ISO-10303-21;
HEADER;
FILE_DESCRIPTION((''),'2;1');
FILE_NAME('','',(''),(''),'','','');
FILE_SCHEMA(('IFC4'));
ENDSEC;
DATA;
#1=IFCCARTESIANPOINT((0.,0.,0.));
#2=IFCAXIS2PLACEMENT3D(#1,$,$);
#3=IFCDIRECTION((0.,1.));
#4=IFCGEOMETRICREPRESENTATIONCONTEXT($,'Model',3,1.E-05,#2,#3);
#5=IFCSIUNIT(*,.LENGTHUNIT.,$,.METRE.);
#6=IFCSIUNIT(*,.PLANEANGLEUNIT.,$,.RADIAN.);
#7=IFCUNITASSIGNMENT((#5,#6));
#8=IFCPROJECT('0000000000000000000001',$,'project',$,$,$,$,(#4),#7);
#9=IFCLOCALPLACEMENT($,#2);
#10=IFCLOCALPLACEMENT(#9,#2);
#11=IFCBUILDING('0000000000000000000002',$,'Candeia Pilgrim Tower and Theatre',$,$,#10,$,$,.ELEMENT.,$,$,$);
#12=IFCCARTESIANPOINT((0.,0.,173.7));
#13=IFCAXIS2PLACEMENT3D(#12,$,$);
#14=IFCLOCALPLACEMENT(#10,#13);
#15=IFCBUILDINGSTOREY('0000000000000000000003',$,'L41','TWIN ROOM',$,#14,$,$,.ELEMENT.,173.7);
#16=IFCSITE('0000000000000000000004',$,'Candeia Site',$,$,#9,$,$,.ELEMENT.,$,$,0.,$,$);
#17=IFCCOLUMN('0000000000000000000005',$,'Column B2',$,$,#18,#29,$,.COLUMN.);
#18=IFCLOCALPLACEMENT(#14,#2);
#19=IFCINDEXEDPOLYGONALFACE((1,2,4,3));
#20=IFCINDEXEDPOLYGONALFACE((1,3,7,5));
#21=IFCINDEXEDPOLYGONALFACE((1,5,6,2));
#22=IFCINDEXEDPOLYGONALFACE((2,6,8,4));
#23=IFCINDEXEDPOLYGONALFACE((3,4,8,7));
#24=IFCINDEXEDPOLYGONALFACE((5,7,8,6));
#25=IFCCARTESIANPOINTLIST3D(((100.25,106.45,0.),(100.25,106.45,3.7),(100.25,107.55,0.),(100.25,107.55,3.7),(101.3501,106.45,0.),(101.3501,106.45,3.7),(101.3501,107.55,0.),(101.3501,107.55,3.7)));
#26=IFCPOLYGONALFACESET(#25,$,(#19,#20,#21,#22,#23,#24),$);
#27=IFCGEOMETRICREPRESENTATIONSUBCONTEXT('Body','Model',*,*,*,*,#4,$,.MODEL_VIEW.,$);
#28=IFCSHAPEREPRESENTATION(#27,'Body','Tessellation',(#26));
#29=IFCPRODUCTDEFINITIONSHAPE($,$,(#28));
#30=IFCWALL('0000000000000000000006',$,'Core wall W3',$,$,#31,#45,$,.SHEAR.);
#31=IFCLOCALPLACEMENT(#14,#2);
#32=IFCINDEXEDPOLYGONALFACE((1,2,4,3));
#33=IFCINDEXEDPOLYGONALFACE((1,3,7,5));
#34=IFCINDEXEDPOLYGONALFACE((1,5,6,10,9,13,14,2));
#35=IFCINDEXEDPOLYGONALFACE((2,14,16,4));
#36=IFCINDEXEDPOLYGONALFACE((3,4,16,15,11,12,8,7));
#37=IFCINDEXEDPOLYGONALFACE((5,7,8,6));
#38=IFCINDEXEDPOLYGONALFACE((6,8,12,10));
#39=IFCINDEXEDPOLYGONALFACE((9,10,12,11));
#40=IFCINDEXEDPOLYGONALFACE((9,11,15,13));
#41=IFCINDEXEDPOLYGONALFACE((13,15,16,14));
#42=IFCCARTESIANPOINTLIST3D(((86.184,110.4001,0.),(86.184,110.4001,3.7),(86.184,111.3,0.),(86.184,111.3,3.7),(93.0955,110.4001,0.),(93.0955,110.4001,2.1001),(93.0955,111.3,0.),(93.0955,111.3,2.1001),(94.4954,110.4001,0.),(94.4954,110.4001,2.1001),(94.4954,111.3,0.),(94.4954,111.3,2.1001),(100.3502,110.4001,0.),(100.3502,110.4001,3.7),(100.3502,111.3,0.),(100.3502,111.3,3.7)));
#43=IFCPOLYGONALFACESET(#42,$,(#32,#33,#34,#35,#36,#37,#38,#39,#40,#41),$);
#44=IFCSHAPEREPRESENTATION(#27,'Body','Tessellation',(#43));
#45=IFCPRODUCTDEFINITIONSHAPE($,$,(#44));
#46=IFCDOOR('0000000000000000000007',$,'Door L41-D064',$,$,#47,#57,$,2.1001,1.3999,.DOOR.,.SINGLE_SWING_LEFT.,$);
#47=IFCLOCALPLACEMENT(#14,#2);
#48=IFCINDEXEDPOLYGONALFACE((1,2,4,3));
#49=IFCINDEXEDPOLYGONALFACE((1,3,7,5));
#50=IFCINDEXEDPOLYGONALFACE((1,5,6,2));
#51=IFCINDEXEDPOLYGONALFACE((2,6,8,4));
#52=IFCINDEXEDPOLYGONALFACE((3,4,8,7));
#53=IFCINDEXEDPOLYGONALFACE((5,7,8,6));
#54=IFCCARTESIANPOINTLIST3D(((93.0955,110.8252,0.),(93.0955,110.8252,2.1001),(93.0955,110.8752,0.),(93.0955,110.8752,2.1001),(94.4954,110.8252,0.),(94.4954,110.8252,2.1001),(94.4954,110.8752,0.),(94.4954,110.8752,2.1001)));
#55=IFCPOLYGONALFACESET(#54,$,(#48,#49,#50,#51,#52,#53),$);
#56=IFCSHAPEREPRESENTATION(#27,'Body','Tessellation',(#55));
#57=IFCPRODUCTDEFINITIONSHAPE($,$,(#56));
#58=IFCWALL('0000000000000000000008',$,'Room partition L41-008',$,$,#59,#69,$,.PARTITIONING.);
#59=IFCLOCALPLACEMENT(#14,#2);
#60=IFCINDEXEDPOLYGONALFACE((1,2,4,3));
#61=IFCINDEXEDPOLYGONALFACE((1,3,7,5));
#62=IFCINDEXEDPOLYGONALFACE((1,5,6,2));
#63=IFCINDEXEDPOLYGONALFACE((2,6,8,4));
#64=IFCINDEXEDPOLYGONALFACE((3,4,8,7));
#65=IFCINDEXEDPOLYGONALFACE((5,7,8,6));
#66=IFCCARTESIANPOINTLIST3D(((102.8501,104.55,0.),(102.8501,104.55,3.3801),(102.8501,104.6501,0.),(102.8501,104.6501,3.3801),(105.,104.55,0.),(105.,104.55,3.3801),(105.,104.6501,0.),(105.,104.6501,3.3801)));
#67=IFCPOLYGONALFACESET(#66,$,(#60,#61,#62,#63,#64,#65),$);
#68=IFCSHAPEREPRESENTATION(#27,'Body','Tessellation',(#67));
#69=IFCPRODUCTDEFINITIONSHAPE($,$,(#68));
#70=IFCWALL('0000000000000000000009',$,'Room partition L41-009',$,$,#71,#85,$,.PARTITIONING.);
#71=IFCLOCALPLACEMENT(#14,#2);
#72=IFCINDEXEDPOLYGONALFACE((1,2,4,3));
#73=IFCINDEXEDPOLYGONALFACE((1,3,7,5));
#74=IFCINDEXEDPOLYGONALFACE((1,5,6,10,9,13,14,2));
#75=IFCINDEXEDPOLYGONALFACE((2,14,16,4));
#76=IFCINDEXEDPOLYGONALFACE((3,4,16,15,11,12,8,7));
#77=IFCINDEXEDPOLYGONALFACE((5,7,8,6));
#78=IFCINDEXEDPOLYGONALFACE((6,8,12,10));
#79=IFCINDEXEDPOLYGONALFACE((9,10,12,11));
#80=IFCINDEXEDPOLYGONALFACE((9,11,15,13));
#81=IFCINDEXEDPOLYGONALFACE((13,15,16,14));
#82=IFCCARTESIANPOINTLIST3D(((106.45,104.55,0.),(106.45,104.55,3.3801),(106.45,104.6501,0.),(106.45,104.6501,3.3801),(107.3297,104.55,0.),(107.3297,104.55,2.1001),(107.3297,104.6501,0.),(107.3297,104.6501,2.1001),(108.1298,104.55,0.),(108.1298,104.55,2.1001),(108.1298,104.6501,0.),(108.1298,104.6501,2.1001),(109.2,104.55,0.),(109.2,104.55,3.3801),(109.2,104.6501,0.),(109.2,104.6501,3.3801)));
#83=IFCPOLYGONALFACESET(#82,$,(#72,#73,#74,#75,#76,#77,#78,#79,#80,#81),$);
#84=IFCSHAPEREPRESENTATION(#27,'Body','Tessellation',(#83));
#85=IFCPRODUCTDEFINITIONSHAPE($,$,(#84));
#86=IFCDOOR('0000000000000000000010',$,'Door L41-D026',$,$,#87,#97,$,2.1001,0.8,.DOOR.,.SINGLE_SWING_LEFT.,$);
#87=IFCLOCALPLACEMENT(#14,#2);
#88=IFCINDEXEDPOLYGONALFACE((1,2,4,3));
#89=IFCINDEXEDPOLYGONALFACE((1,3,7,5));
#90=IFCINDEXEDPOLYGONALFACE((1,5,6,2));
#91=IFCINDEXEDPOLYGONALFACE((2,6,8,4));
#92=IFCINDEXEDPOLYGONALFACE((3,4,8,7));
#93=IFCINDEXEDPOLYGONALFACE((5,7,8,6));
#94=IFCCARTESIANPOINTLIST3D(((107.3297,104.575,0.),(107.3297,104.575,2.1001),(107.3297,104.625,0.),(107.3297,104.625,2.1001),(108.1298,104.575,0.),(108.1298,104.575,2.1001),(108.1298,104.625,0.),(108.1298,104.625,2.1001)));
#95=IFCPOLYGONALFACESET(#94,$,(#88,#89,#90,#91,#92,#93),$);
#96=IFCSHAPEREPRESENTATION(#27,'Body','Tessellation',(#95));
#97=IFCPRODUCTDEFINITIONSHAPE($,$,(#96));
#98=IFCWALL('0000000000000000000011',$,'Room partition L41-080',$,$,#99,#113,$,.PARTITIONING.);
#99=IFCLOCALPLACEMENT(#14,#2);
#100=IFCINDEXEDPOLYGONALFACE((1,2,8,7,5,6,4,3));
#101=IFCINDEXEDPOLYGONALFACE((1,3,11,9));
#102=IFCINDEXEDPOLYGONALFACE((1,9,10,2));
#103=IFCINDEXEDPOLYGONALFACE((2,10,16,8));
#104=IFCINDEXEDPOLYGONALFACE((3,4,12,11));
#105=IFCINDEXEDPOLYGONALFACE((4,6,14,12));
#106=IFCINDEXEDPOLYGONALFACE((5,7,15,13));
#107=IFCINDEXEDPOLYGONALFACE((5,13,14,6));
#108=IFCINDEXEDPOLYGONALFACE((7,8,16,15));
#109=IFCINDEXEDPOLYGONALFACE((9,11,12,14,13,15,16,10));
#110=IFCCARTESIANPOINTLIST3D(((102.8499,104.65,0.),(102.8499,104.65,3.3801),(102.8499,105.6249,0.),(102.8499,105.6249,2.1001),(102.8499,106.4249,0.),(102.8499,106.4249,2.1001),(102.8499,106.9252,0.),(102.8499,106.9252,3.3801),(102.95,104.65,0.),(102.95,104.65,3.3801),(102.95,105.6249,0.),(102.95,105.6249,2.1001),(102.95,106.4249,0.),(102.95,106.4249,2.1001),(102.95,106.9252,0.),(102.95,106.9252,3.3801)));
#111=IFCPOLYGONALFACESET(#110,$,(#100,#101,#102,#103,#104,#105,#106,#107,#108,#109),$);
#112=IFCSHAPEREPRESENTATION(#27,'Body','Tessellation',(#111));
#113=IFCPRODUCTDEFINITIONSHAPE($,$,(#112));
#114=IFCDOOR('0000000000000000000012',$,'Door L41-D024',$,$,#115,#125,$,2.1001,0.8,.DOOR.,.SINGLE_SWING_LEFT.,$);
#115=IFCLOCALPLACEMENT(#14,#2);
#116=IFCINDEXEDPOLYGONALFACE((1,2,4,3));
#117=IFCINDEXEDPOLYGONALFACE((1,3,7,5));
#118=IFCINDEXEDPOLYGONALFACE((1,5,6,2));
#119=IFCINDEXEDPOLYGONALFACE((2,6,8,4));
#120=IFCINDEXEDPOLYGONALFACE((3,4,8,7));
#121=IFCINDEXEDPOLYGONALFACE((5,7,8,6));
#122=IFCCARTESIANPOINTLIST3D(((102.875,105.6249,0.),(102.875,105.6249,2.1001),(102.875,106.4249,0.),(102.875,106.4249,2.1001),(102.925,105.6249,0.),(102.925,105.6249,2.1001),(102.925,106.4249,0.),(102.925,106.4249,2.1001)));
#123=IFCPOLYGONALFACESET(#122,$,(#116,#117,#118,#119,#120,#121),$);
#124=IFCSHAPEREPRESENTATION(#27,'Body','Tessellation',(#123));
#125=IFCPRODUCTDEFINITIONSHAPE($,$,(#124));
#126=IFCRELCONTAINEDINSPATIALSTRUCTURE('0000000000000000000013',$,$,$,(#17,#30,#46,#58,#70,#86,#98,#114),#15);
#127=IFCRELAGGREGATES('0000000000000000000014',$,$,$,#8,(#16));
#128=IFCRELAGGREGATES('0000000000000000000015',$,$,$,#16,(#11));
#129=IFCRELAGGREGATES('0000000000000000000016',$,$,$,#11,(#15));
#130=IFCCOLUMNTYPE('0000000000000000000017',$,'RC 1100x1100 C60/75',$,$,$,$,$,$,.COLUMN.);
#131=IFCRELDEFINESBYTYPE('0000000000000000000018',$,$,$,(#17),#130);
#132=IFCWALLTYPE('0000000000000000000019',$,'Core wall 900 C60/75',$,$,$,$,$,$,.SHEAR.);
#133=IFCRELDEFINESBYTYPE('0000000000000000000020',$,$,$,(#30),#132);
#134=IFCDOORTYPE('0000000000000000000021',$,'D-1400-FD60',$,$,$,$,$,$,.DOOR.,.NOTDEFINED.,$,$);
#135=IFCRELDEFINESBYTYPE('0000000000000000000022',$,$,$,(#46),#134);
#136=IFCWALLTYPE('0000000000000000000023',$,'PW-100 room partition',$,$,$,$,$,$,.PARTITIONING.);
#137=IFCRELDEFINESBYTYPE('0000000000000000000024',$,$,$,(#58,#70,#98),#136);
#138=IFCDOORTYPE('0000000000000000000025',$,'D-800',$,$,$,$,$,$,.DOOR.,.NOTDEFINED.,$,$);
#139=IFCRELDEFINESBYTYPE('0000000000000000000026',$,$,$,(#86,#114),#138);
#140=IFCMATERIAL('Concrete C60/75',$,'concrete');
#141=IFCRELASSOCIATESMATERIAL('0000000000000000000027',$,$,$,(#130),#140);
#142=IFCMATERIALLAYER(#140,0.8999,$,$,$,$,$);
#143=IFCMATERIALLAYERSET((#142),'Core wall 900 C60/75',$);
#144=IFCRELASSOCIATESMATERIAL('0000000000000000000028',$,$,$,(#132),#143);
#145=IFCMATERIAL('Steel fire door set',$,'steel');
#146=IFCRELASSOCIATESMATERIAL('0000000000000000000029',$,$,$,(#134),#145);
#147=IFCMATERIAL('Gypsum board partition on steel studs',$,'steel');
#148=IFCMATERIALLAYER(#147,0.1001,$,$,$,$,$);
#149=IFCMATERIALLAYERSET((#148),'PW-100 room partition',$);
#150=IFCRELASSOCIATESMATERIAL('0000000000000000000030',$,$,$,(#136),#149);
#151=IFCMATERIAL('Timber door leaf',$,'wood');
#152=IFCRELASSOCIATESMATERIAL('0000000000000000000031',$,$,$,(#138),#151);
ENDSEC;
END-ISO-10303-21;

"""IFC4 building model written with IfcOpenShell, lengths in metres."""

from ifc_helpers import new_model, si_unit, direction, frame, frame_2d, origin, origin_2d, place, context, subcontext, project, spatial, rectangle, extrude, material, layer, layer_set, material_profile, profile_set, type_object, element, fill, save


model = new_model("IFC4")

# Units and contexts
model_context = context("Model", 3, precision=1e-05, world=origin(), true_north=direction((0.0, 1.0)))
body_context = subcontext(model_context, "Body", "Model", "MODEL_VIEW")
ifc_project = project(units=[si_unit("LENGTHUNIT", "METRE"), si_unit("PLANEANGLEUNIT", "RADIAN")], contexts=[model_context])

# Site, building, storey
site_placement = place(None, origin())
site = spatial("IfcSite", under=ifc_project, at=site_placement, Name="Candeia Site", CompositionType="ELEMENT", RefElevation=0.0)
building_placement = place(site_placement, origin())
building = spatial("IfcBuilding", under=site, at=building_placement, Name="Candeia Pilgrim Tower and Theatre", CompositionType="ELEMENT")
storey_placement = place(building_placement, frame((0.0, 0.0, 173.7)))
storey = spatial("IfcBuildingStorey", under=building, at=storey_placement, Name="L41", Description="TWIN ROOM", CompositionType="ELEMENT", Elevation=173.7)

# Column
ifc_material_1 = material(Name="Concrete C60/75", Category="concrete")
ifc_material_profile = material_profile(ifc_material_1, rectangle(XDim=1.1001, YDim=1.1001, at=origin_2d()))
ifc_profile_set = profile_set([ifc_material_profile], Name="Concrete C60/75")
column_type = type_object("IfcColumnType", Name="RC 1100x1100 C60/75", PredefinedType="COLUMN", material=ifc_profile_set)
column_placement = place(storey_placement, frame((100.8, 107.0, 0.0), z_axis=(0.0, 0.0, 1.0), x_axis=(1.0, 0.0, 0.0)))
element("IfcColumn", 1, at=column_placement, inside=storey, type_object=column_type, Name="Column B2", PredefinedType="COLUMN", context=body_context, shape_type="SweptSolid", body=[
    extrude(rectangle(XDim=1.1001, YDim=1.1001, at=origin_2d()), origin(), (0.0, 0.0, 1.0), 3.7),
])

# Wall, opening, door
ifc_layer_1 = layer(ifc_material_1, 0.8999)
ifc_layer_set_1 = layer_set([ifc_layer_1], Name="Core wall 900 C60/75")
wall_type_1 = type_object("IfcWallType", Name="Core wall 900 C60/75", PredefinedType="SHEAR", material=ifc_layer_set_1)
wall_1_placement = place(storey_placement, frame((100.3501, 110.8501, 0.0), z_axis=(0.0, 0.0, 1.0), x_axis=(-1.0, 0.0, 0.0)))
wall_1 = element("IfcWall", 2, at=wall_1_placement, inside=storey, type_object=wall_type_1, Name="Core wall W3", PredefinedType="SHEAR", context=body_context, shape_type="SweptSolid", body=[
    extrude(rectangle(XDim=14.1663, YDim=0.8999, at=frame_2d((7.083, 0.0))), origin(), (0.0, 0.0, 1.0), 3.7),
])
opening_1_placement = place(wall_1_placement, frame((5.8547, 0.0, 0.0)))
opening_1 = element("IfcOpeningElement", 3, at=opening_1_placement, cuts=wall_1, PredefinedType="OPENING", context=body_context, shape_type="SweptSolid", body=[
    extrude(rectangle(XDim=1.3999, YDim=2.1001, at=frame_2d((0.7, 1.05))), frame((0.0, 0.46, 0.0), z_axis=(0.0, -1.0, 0.0), x_axis=(1.0, 0.0, 0.0)), (0.0, 0.0, 1.0), 0.9199),
])
ifc_material_2 = material(Name="Steel fire door set", Category="steel")
door_type_1 = type_object("IfcDoorType", Name="D-1400-FD60", OperationType="NOTDEFINED", PredefinedType="DOOR", material=ifc_material_2)
door_1_placement = place(opening_1_placement, origin())
door_1 = element("IfcDoor", 4, at=door_1_placement, inside=storey, type_object=door_type_1, Name="Door L41-D064", OperationType="SINGLE_SWING_LEFT", OverallHeight=2.1001, OverallWidth=1.3999, PredefinedType="DOOR", context=body_context, shape_type="SweptSolid", body=[
    extrude(rectangle(XDim=1.3999, YDim=2.1001, at=frame_2d((0.7, 1.05))), frame((0.0, 0.0249, 0.0), z_axis=(0.0, -1.0, 0.0), x_axis=(1.0, 0.0, 0.0)), (0.0, 0.0, 1.0), 0.05),
])
fill(opening_1, door_1)

# Wall
ifc_material_3 = material(Name="Gypsum board partition on steel studs", Category="steel")
ifc_layer_2 = layer(ifc_material_3, 0.1001)
ifc_layer_set_2 = layer_set([ifc_layer_2], Name="PW-100 room partition")
wall_type_2 = type_object("IfcWallType", Name="PW-100 room partition", PredefinedType="PARTITIONING", material=ifc_layer_set_2)
wall_2_placement = place(storey_placement, frame((102.8501, 104.6001, 0.0), z_axis=(0.0, 0.0, 1.0), x_axis=(1.0, 0.0, 0.0)))
element("IfcWall", 5, at=wall_2_placement, inside=storey, type_object=wall_type_2, Name="Room partition L41-008", PredefinedType="PARTITIONING", context=body_context, shape_type="SweptSolid", body=[
    extrude(rectangle(XDim=2.1499, YDim=0.1001, at=frame_2d((1.075, 0.0))), origin(), (0.0, 0.0, 1.0), 3.3801),
])

# Walls, openings, doors
wall_3_placement = place(storey_placement, frame((106.45, 104.6001, 0.0), z_axis=(0.0, 0.0, 1.0), x_axis=(1.0, 0.0, 0.0)))
wall_3 = element("IfcWall", 6, at=wall_3_placement, inside=storey, type_object=wall_type_2, Name="Room partition L41-009", PredefinedType="PARTITIONING", context=body_context, shape_type="SweptSolid", body=[
    extrude(rectangle(XDim=2.75, YDim=0.1001, at=frame_2d((1.375, 0.0))), origin(), (0.0, 0.0, 1.0), 3.3801),
])
opening_2_placement = place(wall_3_placement, frame((0.8799, 0.0, 0.0)))
opening_2 = element("IfcOpeningElement", 7, at=opening_2_placement, cuts=wall_3, PredefinedType="OPENING", context=body_context, shape_type="SweptSolid", body=[
    extrude(rectangle(XDim=0.8, YDim=2.1001, at=frame_2d((0.3999, 1.05))), frame((0.0, 0.0601, 0.0), z_axis=(0.0, -1.0, 0.0), x_axis=(1.0, 0.0, 0.0)), (0.0, 0.0, 1.0), 0.1201),
])
ifc_material_4 = material(Name="Timber door leaf", Category="wood")
door_type_2 = type_object("IfcDoorType", Name="D-800", OperationType="NOTDEFINED", PredefinedType="DOOR", material=ifc_material_4)
door_2_placement = place(opening_2_placement, origin())
door_2 = element("IfcDoor", 8, at=door_2_placement, inside=storey, type_object=door_type_2, Name="Door L41-D026", OperationType="SINGLE_SWING_LEFT", OverallHeight=2.1001, OverallWidth=0.8, PredefinedType="DOOR", context=body_context, shape_type="SweptSolid", body=[
    extrude(rectangle(XDim=0.8, YDim=2.1001, at=frame_2d((0.3999, 1.05))), frame((0.0, 0.0249, 0.0), z_axis=(0.0, -1.0, 0.0), x_axis=(1.0, 0.0, 0.0)), (0.0, 0.0, 1.0), 0.05),
])
fill(opening_2, door_2)
wall_4_placement = place(storey_placement, frame((102.8999, 104.6499, 0.0), z_axis=(0.0, 0.0, 1.0), x_axis=(0.0, 1.0, 0.0)))
wall_4 = element("IfcWall", 9, at=wall_4_placement, inside=storey, type_object=wall_type_2, Name="Room partition L41-080", PredefinedType="PARTITIONING", context=body_context, shape_type="SweptSolid", body=[
    extrude(rectangle(XDim=2.2751, YDim=0.1001, at=frame_2d((1.1377, 0.0))), origin(), (0.0, 0.0, 1.0), 3.3801),
])
opening_3_placement = place(wall_4_placement, frame((0.9751, 0.0, 0.0)))
opening_3 = element("IfcOpeningElement", 10, at=opening_3_placement, cuts=wall_4, PredefinedType="OPENING", context=body_context, shape_type="SweptSolid", body=[
    extrude(rectangle(XDim=0.8, YDim=2.1001, at=frame_2d((0.3999, 1.05))), frame((0.0, 0.0601, 0.0), z_axis=(0.0, -1.0, 0.0), x_axis=(1.0, 0.0, 0.0)), (0.0, 0.0, 1.0), 0.1201),
])
door_3_placement = place(opening_3_placement, origin())
door_3 = element("IfcDoor", 11, at=door_3_placement, inside=storey, type_object=door_type_2, Name="Door L41-D024", OperationType="SINGLE_SWING_LEFT", OverallHeight=2.1001, OverallWidth=0.8, PredefinedType="DOOR", context=body_context, shape_type="SweptSolid", body=[
    extrude(rectangle(XDim=0.8, YDim=2.1001, at=frame_2d((0.3999, 1.05))), frame((0.0, 0.0249, 0.0), z_axis=(0.0, -1.0, 0.0), x_axis=(1.0, 0.0, 0.0)), (0.0, 0.0, 1.0), 0.05),
])
fill(opening_3, door_3)

save(model, "model.ifc")
